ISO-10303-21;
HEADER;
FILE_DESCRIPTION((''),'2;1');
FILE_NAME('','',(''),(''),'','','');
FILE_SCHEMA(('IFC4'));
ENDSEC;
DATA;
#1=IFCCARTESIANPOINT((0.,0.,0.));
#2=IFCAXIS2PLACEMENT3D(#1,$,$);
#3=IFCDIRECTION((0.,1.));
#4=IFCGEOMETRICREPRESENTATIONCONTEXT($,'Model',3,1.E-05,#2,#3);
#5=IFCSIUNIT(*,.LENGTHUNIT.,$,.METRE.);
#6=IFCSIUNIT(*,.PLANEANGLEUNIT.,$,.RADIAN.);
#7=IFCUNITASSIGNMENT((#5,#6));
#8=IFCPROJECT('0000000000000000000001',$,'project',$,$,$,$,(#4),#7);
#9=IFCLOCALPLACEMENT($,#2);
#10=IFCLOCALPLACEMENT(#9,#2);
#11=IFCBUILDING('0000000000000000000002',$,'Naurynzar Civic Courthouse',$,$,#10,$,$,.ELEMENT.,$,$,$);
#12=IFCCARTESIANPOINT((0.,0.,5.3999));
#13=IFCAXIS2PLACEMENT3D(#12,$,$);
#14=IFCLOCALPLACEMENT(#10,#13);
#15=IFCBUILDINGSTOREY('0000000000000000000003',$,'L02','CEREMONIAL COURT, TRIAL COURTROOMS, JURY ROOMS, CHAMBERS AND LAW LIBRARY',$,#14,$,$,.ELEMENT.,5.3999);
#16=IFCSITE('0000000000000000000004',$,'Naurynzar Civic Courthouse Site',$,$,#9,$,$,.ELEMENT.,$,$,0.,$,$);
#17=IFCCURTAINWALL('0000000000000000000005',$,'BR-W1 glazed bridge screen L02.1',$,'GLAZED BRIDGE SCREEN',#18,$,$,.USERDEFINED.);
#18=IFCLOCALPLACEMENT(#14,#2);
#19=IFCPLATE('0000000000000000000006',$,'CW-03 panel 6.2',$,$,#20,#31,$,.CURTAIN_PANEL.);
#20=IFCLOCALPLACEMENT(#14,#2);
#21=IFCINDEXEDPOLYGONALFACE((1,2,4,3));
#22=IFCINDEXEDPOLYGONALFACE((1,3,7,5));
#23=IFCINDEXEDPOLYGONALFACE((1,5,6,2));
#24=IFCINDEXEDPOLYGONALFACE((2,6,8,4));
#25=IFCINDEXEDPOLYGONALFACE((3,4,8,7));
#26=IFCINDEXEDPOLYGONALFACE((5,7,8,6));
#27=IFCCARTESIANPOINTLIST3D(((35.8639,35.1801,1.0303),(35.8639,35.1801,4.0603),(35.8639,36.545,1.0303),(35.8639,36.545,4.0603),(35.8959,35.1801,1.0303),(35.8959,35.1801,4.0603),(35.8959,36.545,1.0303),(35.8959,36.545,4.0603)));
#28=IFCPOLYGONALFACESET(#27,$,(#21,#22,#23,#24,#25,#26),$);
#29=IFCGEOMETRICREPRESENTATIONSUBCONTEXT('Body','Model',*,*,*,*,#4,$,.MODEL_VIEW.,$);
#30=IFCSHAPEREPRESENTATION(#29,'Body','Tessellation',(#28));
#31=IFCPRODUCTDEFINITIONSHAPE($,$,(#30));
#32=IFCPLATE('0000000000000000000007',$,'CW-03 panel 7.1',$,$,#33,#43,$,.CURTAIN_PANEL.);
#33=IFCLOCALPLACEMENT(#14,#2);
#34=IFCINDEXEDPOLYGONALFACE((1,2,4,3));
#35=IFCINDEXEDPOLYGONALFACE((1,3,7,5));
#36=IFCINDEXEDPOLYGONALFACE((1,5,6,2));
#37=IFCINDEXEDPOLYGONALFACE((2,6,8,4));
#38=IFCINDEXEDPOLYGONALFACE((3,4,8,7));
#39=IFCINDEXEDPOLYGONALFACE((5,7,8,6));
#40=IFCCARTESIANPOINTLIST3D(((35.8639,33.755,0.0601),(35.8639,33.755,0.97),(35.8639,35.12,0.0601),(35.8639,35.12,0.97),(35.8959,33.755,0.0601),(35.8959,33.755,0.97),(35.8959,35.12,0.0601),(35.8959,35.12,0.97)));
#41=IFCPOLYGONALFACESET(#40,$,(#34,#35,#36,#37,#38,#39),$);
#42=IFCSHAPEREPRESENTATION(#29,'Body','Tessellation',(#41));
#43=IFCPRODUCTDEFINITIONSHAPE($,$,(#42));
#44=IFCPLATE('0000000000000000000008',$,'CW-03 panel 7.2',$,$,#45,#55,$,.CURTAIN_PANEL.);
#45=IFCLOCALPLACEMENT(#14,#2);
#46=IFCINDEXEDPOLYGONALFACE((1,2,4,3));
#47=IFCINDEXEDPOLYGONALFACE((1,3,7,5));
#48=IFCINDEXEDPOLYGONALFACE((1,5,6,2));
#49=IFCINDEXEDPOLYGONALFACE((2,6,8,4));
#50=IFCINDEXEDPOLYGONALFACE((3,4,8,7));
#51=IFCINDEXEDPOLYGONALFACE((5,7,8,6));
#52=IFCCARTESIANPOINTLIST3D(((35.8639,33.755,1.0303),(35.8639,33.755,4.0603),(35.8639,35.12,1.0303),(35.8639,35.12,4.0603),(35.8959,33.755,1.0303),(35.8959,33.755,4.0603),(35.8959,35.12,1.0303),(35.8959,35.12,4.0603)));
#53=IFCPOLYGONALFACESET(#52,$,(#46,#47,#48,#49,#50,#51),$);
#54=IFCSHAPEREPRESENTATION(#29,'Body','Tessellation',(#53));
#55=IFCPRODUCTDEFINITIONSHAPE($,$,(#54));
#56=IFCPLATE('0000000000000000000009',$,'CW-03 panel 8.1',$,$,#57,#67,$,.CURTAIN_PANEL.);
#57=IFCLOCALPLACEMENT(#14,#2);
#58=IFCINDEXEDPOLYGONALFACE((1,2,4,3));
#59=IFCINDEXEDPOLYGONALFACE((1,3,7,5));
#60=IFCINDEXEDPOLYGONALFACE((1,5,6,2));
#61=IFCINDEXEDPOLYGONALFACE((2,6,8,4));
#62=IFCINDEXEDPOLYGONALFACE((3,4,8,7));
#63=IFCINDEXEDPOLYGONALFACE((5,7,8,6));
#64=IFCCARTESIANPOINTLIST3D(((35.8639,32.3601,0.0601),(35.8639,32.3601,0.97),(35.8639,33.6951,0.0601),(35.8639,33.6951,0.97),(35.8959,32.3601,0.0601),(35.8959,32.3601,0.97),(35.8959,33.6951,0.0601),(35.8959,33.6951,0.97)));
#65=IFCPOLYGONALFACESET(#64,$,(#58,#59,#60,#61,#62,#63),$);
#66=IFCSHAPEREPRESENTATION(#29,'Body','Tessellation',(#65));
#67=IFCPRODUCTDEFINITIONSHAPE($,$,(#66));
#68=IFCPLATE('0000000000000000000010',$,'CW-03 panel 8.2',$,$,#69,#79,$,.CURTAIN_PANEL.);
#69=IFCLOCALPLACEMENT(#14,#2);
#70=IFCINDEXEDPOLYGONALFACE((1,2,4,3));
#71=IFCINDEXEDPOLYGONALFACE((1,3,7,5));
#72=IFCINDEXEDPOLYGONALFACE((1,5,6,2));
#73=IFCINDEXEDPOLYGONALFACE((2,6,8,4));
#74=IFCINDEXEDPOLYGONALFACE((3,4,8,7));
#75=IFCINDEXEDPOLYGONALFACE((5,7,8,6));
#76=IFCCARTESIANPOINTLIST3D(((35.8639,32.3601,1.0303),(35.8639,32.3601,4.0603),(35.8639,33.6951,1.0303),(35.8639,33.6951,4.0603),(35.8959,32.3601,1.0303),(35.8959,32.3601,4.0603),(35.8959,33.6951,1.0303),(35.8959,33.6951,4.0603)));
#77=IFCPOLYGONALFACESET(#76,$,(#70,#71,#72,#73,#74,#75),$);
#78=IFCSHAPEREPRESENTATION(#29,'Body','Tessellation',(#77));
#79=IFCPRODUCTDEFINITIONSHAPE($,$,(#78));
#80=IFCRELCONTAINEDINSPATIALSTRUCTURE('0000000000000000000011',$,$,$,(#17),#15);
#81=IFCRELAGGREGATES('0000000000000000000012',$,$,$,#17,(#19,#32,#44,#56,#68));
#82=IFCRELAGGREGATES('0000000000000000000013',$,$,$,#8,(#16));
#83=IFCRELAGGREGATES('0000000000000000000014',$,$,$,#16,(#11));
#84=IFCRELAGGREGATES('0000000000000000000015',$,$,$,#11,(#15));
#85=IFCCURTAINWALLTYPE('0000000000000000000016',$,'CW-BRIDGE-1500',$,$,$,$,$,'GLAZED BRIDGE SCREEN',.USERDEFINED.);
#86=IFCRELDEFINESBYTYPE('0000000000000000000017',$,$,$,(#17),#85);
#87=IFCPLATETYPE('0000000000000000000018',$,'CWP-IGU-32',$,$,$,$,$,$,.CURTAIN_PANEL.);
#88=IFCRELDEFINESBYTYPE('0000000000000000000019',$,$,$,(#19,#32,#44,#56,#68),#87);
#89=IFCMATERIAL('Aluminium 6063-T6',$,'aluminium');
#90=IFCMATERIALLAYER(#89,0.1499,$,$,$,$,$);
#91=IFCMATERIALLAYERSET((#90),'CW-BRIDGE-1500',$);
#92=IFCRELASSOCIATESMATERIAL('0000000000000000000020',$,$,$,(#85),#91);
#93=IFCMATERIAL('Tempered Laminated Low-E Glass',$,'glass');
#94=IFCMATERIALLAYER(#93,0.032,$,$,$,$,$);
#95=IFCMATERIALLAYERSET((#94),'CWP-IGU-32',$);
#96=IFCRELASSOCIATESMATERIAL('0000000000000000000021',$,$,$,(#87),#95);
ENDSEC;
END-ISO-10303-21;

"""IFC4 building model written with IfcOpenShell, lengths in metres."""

from ifc_helpers import new_model, si_unit, direction, frame, origin, origin_2d, place, context, subcontext, project, spatial, rectangle, extrude, material, layer, layer_set, type_object, element, aggregate, save


model = new_model("IFC4")

# Units and contexts
model_context = context("Model", 3, precision=1e-05, world=origin(), true_north=direction((0.0, 1.0)))
body_context = subcontext(model_context, "Body", "Model", "MODEL_VIEW")
ifc_project = project(units=[si_unit("LENGTHUNIT", "METRE"), si_unit("PLANEANGLEUNIT", "RADIAN")], contexts=[model_context])

# Site, building, storey
site_placement = place(None, origin())
site = spatial("IfcSite", under=ifc_project, at=site_placement, Name="Naurynzar Civic Courthouse Site", CompositionType="ELEMENT", RefElevation=0.0)
building_placement = place(site_placement, origin())
building = spatial("IfcBuilding", under=site, at=building_placement, Name="Naurynzar Civic Courthouse", CompositionType="ELEMENT")
storey_placement = place(building_placement, frame((0.0, 0.0, 5.3999)))
storey = spatial("IfcBuildingStorey", under=building, at=storey_placement, Name="L02", Description="CEREMONIAL COURT, TRIAL COURTROOMS, JURY ROOMS, CHAMBERS AND LAW LIBRARY", CompositionType="ELEMENT", Elevation=5.3999)

# Curtain wall, plates
ifc_material_1 = material(Name="Aluminium 6063-T6", Category="aluminium")
ifc_layer_1 = layer(ifc_material_1, 0.1499)
ifc_layer_set_1 = layer_set([ifc_layer_1], Name="CW-BRIDGE-1500")
curtain_wall_type = type_object("IfcCurtainWallType", Name="CW-BRIDGE-1500", ElementType="GLAZED BRIDGE SCREEN", PredefinedType="USERDEFINED", material=ifc_layer_set_1)
curtain_wall_placement = place(storey_placement, origin())
curtain_wall = element("IfcCurtainWall", 1, at=curtain_wall_placement, inside=storey, type_object=curtain_wall_type, Name="BR-W1 glazed bridge screen L02.1", ObjectType="GLAZED BRIDGE SCREEN", PredefinedType="USERDEFINED")
ifc_material_2 = material(Name="Tempered Laminated Low-E Glass", Category="glass")
ifc_layer_2 = layer(ifc_material_2, 0.032)
ifc_layer_set_2 = layer_set([ifc_layer_2], Name="CWP-IGU-32")
plate_type = type_object("IfcPlateType", Name="CWP-IGU-32", PredefinedType="CURTAIN_PANEL", material=ifc_layer_set_2)
plate_1_placement = place(storey_placement, frame((35.8799, 35.8625, 1.0303), z_axis=(0.0, 0.0, 1.0), x_axis=(0.0, -1.0, 0.0)))
plate_1 = element("IfcPlate", 2, at=plate_1_placement, type_object=plate_type, Name="CW-03 panel 6.2", PredefinedType="CURTAIN_PANEL", context=body_context, shape_type="SweptSolid", body=[
    extrude(rectangle(XDim=1.365, YDim=0.032, at=origin_2d()), origin(), (0.0, 0.0, 1.0), 3.03),
])
plate_2_placement = place(storey_placement, frame((35.8799, 34.4375, 0.0601), z_axis=(0.0, 0.0, 1.0), x_axis=(0.0, -1.0, 0.0)))
plate_2 = element("IfcPlate", 3, at=plate_2_placement, type_object=plate_type, Name="CW-03 panel 7.1", PredefinedType="CURTAIN_PANEL", context=body_context, shape_type="SweptSolid", body=[
    extrude(rectangle(XDim=1.365, YDim=0.032, at=origin_2d()), origin(), (0.0, 0.0, 1.0), 0.9099),
])
plate_3_placement = place(storey_placement, frame((35.8799, 34.4375, 1.0303), z_axis=(0.0, 0.0, 1.0), x_axis=(0.0, -1.0, 0.0)))
plate_3 = element("IfcPlate", 4, at=plate_3_placement, type_object=plate_type, Name="CW-03 panel 7.2", PredefinedType="CURTAIN_PANEL", context=body_context, shape_type="SweptSolid", body=[
    extrude(rectangle(XDim=1.365, YDim=0.032, at=origin_2d()), origin(), (0.0, 0.0, 1.0), 3.03),
])
plate_4_placement = place(storey_placement, frame((35.8799, 33.0276, 0.0601), z_axis=(0.0, 0.0, 1.0), x_axis=(0.0, -1.0, 0.0)))
plate_4 = element("IfcPlate", 5, at=plate_4_placement, type_object=plate_type, Name="CW-03 panel 8.1", PredefinedType="CURTAIN_PANEL", context=body_context, shape_type="SweptSolid", body=[
    extrude(rectangle(XDim=1.335, YDim=0.032, at=origin_2d()), origin(), (0.0, 0.0, 1.0), 0.9099),
])
plate_5_placement = place(storey_placement, frame((35.8799, 33.0276, 1.0303), z_axis=(0.0, 0.0, 1.0), x_axis=(0.0, -1.0, 0.0)))
plate_5 = element("IfcPlate", 6, at=plate_5_placement, type_object=plate_type, Name="CW-03 panel 8.2", PredefinedType="CURTAIN_PANEL", context=body_context, shape_type="SweptSolid", body=[
    extrude(rectangle(XDim=1.335, YDim=0.032, at=origin_2d()), origin(), (0.0, 0.0, 1.0), 3.03),
])
aggregate(curtain_wall, [plate_1, plate_2, plate_3, plate_4, plate_5])

save(model, "model.ifc")
